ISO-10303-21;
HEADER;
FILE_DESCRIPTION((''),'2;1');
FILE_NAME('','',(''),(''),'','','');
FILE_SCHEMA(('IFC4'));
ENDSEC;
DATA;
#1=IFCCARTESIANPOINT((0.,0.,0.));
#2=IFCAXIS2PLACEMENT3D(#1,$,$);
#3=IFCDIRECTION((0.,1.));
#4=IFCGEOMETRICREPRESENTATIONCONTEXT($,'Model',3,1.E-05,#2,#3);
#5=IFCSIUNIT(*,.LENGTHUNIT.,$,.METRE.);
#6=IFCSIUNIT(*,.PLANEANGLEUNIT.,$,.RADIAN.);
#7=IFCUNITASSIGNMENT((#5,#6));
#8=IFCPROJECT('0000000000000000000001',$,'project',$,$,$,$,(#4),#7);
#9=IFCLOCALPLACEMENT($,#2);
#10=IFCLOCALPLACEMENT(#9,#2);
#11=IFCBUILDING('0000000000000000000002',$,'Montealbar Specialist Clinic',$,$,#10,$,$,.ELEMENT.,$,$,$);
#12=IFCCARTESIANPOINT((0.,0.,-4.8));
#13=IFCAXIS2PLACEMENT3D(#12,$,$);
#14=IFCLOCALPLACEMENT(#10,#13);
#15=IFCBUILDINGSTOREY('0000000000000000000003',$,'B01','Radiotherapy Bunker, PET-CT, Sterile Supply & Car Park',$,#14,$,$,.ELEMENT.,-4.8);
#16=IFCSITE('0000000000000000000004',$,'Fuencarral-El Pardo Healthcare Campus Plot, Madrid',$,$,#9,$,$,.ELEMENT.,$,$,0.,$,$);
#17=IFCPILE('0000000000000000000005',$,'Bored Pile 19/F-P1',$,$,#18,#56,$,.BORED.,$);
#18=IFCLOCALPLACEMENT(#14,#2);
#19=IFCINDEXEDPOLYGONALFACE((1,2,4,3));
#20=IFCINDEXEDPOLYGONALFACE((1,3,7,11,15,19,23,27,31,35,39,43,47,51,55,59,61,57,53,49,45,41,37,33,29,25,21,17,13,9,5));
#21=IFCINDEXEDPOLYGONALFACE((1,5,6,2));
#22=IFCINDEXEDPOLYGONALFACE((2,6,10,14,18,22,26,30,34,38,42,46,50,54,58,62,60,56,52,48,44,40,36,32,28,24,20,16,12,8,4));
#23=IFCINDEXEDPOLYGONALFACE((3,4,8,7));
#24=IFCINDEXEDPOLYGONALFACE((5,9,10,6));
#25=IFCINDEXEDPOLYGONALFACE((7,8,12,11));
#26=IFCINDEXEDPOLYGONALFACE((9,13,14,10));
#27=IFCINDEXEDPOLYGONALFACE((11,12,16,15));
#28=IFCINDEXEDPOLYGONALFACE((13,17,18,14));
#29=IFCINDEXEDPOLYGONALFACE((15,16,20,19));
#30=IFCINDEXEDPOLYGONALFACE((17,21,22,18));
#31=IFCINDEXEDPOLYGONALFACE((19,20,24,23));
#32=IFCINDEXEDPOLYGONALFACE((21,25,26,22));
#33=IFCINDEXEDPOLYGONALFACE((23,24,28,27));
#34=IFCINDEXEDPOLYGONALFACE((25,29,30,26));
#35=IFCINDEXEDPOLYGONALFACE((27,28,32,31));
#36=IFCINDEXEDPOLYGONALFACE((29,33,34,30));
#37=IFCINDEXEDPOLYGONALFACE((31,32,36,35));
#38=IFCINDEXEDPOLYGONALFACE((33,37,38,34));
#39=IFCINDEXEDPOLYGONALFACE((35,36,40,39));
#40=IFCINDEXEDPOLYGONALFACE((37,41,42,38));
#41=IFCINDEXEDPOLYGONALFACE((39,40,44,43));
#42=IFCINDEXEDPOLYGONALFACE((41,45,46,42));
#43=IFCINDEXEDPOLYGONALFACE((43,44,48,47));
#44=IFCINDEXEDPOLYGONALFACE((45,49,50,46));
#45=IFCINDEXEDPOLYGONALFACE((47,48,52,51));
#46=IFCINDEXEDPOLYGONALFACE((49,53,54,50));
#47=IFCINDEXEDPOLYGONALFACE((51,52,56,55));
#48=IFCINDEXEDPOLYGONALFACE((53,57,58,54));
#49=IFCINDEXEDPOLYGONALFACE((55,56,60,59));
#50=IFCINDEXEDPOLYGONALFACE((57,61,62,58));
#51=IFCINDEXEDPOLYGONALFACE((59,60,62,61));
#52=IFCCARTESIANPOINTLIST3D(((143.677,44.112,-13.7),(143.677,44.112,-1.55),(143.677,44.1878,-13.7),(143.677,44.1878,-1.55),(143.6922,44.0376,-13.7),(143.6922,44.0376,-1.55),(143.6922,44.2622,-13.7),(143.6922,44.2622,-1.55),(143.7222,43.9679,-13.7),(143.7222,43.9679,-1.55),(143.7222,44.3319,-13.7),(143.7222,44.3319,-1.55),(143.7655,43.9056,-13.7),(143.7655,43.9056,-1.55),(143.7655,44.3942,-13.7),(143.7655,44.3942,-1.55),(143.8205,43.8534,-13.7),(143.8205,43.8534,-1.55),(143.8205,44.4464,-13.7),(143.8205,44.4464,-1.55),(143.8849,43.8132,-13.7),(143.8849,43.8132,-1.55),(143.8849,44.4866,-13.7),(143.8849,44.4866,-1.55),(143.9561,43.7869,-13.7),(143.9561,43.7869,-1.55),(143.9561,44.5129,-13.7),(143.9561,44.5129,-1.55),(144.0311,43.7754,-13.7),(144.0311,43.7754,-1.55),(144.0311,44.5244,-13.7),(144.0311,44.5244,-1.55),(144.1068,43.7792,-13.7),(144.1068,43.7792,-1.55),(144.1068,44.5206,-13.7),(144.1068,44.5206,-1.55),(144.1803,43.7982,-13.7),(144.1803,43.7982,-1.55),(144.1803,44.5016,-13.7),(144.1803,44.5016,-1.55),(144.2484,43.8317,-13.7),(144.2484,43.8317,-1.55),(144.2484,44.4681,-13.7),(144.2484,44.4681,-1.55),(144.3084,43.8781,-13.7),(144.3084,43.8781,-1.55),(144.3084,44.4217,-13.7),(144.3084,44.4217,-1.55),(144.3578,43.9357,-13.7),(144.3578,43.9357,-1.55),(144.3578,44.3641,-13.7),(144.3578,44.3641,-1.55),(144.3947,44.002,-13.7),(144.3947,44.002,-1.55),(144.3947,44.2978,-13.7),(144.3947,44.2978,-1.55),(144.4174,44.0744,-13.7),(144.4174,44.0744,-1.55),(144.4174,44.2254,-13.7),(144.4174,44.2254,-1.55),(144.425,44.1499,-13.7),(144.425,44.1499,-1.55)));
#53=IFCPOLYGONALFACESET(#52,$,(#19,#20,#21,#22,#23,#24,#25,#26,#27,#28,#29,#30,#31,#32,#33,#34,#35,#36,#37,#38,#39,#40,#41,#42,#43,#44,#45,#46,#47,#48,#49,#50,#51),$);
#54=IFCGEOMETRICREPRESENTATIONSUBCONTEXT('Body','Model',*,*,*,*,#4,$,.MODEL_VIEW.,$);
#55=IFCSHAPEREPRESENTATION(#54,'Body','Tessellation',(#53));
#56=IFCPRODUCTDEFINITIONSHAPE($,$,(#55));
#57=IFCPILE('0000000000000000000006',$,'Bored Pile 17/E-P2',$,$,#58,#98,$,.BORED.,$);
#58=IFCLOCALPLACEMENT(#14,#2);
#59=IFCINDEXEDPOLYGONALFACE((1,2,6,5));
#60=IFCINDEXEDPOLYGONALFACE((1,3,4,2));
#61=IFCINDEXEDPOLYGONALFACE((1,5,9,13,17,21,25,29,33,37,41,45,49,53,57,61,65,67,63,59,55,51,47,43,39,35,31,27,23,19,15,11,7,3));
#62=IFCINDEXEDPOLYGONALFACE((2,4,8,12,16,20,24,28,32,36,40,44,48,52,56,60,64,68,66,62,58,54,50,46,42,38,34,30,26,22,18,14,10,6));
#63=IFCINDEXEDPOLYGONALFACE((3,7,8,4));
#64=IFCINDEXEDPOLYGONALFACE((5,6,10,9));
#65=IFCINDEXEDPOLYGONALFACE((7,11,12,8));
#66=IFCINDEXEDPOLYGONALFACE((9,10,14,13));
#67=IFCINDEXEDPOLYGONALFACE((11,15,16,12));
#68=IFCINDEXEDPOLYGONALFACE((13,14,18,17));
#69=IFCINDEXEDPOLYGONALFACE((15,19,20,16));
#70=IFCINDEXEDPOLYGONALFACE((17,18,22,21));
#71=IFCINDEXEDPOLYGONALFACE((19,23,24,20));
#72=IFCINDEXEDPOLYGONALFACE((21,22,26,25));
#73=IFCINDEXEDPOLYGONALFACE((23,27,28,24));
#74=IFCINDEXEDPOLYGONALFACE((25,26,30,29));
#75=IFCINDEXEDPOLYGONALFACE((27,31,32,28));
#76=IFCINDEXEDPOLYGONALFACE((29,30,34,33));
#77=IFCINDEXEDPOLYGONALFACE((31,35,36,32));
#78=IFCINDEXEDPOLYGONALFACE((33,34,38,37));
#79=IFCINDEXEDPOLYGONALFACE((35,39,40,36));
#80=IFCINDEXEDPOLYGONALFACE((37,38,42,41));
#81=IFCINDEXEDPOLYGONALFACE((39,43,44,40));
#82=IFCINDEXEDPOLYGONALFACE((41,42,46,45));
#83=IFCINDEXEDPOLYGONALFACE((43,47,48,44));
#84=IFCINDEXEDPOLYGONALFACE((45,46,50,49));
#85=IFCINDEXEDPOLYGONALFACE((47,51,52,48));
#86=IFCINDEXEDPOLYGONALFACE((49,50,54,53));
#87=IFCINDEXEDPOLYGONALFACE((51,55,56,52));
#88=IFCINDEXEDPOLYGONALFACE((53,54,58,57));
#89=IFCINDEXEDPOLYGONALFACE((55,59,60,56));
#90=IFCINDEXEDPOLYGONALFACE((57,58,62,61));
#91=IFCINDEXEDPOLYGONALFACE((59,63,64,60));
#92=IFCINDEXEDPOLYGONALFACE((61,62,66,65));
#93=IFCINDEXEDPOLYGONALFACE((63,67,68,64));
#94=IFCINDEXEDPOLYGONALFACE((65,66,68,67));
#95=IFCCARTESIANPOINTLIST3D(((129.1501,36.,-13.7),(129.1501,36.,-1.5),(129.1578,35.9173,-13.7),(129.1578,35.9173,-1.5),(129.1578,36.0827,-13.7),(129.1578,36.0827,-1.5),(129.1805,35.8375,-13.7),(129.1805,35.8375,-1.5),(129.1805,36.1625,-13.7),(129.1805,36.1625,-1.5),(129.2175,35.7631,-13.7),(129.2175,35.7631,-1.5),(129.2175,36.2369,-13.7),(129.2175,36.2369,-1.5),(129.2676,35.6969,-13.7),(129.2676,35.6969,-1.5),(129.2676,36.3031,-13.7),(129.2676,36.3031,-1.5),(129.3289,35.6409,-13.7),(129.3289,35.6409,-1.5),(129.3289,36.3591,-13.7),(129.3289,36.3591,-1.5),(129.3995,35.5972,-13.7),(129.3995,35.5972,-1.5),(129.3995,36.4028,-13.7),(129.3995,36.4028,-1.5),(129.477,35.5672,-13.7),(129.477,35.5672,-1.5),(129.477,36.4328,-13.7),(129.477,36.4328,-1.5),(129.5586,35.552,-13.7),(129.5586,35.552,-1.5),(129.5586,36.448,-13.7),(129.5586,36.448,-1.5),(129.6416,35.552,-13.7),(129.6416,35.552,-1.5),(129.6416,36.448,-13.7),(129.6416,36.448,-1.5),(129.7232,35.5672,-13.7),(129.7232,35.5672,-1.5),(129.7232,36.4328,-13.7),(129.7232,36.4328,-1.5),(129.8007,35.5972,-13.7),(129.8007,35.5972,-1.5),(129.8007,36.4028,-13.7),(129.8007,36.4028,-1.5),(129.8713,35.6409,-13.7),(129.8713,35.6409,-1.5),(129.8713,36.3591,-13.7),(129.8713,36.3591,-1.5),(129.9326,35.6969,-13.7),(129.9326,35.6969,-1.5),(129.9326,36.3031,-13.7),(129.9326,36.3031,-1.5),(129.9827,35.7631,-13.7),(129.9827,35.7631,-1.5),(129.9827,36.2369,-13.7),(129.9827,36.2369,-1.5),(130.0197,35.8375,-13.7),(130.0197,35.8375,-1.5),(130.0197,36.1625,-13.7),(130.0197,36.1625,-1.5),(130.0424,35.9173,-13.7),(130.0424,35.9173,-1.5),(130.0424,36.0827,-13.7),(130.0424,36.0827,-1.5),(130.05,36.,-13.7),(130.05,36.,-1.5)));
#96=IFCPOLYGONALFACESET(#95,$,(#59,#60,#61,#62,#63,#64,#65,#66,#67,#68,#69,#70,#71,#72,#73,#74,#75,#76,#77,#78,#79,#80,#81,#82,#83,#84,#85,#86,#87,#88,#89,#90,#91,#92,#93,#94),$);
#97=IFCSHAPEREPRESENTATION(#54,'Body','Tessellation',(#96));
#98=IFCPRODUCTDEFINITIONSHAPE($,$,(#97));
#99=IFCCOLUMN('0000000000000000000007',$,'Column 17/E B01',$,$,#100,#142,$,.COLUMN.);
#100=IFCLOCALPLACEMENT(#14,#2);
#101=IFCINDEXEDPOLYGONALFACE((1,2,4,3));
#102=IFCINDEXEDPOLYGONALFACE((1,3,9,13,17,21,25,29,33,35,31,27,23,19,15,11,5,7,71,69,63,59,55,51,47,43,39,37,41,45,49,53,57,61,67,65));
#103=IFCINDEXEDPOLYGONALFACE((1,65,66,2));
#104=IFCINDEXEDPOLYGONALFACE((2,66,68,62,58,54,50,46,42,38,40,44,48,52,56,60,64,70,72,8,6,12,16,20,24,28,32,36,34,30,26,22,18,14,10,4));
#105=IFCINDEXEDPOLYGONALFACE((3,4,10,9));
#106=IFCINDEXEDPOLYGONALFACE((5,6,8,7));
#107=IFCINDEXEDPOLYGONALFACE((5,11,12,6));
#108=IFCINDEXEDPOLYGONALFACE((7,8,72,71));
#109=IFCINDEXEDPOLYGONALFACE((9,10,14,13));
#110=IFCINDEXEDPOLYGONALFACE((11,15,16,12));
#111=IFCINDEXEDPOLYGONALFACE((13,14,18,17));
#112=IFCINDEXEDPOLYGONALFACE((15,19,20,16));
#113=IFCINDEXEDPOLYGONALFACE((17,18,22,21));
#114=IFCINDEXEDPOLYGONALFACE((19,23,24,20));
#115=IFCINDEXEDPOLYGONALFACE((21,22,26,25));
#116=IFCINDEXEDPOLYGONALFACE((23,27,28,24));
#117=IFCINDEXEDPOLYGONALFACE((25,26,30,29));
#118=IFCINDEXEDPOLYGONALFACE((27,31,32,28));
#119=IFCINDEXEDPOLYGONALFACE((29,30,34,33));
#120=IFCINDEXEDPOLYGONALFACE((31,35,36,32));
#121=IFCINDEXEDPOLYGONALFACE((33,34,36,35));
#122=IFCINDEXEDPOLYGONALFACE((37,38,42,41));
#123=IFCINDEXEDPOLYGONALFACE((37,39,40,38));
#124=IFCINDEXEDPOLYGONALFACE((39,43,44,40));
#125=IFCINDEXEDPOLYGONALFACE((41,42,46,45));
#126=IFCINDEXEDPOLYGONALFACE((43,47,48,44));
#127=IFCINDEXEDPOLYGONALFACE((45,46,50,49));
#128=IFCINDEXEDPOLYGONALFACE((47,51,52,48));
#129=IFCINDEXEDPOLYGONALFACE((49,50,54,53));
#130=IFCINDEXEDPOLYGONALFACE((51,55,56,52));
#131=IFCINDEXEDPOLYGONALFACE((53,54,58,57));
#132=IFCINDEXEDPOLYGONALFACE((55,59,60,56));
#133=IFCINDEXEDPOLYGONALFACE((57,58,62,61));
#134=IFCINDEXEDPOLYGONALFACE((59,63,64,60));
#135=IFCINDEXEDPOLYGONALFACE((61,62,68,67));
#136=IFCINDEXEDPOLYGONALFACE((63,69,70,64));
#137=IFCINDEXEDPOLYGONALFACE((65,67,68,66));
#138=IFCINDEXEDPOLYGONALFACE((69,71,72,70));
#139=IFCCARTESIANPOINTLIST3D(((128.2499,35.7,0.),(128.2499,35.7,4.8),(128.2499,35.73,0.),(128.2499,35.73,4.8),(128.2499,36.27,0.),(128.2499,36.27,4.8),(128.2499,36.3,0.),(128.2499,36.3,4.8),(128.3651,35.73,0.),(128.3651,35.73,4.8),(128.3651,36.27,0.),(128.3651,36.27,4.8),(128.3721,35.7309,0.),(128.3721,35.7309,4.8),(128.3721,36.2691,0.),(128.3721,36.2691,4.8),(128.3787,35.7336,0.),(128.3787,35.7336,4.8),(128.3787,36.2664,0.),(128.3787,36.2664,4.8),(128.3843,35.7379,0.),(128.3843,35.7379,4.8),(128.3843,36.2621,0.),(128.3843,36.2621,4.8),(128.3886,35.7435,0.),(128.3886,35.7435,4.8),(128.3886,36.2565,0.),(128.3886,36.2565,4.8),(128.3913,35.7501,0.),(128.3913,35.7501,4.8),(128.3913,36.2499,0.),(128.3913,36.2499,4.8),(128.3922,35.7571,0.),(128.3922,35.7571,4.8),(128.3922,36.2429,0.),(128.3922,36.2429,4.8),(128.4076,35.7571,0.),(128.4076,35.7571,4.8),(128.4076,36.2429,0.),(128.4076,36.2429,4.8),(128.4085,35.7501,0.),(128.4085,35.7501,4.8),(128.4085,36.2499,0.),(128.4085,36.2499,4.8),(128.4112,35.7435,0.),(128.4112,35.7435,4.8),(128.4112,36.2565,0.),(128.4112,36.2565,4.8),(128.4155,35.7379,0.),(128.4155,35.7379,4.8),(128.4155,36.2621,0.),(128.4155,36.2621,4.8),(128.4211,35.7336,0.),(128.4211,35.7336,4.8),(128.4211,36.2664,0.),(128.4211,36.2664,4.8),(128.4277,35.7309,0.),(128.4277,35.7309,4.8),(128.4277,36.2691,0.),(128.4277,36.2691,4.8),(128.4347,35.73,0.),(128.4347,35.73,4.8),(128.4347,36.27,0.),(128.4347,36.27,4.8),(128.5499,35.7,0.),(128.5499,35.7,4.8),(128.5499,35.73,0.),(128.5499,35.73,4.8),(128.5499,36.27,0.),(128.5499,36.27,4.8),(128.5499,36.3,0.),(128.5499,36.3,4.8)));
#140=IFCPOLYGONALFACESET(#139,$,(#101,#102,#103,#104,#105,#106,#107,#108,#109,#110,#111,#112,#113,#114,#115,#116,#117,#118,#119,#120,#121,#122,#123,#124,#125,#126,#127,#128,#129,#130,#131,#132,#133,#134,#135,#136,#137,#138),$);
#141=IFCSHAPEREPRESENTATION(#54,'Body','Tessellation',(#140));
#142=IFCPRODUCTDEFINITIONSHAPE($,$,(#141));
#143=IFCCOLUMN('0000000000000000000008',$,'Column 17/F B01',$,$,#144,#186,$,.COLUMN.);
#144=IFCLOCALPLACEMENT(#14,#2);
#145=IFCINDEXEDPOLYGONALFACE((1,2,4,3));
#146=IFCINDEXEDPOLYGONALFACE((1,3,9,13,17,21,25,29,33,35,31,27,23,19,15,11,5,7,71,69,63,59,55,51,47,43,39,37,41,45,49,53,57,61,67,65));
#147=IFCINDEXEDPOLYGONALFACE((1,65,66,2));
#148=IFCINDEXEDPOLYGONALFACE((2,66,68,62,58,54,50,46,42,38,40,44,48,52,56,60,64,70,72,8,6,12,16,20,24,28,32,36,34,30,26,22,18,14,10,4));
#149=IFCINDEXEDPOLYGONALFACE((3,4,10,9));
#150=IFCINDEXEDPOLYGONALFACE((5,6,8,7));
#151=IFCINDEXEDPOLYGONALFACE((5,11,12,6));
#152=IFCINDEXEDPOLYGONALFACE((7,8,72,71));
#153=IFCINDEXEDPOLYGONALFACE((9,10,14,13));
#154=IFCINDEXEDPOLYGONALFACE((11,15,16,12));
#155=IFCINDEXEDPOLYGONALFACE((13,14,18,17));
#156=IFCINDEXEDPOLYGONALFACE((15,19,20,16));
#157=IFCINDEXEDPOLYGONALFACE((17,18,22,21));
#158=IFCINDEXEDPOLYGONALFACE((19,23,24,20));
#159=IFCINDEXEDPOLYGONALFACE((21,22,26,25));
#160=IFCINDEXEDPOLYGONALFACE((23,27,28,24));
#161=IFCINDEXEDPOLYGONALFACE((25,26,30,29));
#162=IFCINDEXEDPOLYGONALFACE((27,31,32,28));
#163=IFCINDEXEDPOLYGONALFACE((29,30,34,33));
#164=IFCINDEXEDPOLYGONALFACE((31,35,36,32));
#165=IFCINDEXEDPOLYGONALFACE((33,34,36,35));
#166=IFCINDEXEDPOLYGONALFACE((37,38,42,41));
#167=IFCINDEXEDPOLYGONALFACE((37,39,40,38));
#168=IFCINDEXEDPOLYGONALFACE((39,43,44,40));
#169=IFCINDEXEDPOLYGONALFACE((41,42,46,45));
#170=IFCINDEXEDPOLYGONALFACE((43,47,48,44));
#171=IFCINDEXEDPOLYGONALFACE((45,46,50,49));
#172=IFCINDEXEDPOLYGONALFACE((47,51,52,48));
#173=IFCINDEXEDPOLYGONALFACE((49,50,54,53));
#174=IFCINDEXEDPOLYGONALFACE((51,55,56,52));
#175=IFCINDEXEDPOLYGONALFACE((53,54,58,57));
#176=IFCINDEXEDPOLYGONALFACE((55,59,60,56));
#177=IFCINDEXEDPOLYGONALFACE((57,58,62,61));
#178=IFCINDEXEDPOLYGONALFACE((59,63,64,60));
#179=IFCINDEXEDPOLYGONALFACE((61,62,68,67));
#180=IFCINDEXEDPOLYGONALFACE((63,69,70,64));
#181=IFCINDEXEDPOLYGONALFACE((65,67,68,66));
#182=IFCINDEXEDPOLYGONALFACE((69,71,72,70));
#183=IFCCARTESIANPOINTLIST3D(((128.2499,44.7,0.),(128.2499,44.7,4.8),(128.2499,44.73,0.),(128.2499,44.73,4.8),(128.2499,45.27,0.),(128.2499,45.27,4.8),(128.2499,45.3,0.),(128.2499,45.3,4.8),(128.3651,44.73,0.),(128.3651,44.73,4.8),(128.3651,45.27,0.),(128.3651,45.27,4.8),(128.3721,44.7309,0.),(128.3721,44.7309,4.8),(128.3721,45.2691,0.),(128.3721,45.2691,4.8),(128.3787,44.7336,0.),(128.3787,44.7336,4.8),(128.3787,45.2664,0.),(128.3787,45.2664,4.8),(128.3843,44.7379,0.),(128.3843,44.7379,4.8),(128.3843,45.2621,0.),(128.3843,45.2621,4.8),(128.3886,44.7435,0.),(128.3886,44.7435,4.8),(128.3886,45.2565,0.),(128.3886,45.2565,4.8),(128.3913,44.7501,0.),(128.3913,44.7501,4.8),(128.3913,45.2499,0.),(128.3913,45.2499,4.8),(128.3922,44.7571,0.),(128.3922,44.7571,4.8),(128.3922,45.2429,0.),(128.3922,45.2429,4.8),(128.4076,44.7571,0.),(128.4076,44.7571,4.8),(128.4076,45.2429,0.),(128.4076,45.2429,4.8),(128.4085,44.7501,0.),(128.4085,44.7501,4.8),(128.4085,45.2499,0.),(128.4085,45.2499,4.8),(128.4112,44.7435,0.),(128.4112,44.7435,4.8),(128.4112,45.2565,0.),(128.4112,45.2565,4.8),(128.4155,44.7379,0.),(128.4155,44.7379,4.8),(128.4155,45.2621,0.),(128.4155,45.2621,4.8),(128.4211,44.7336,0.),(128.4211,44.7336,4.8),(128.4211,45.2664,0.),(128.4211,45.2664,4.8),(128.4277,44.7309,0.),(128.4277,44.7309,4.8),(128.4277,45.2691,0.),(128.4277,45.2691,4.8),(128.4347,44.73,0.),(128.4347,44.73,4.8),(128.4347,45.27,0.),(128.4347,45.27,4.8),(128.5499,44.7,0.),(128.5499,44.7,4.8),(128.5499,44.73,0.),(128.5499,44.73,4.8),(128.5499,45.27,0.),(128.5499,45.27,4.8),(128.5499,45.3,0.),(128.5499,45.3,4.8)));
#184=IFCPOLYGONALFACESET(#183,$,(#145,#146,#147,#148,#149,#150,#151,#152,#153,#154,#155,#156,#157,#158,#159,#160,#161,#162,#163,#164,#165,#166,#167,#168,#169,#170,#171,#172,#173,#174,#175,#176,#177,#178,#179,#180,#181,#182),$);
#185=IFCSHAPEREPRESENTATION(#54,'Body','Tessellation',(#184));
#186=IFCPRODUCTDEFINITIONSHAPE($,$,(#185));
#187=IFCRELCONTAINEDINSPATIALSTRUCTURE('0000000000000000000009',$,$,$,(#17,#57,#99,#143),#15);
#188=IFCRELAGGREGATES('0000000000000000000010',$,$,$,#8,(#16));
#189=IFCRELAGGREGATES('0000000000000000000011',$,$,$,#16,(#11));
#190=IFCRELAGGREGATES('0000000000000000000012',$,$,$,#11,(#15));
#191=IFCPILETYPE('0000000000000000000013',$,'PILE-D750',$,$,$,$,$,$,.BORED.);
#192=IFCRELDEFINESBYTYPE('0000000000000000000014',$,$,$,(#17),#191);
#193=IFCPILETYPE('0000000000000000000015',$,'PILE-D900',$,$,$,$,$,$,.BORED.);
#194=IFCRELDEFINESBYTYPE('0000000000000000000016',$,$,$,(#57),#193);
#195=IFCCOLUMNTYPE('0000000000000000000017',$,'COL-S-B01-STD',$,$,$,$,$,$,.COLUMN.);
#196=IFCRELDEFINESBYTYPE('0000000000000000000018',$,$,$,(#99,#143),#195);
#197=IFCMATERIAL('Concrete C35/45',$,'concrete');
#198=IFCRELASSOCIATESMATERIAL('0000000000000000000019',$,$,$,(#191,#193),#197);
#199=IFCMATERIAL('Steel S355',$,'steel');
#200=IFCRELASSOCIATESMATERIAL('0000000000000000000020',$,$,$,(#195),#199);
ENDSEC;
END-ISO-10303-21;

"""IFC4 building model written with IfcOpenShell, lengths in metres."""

from ifc_helpers import new_model, si_unit, direction, frame, origin, origin_2d, place, context, subcontext, project, spatial, circle, i_section, extrude, material, material_profile, profile_set, type_object, element, save


model = new_model("IFC4")

# Units and contexts
model_context = context("Model", 3, precision=1e-05, world=origin(), true_north=direction((0.0, 1.0)))
body_context = subcontext(model_context, "Body", "Model", "MODEL_VIEW")
ifc_project = project(units=[si_unit("LENGTHUNIT", "METRE"), si_unit("PLANEANGLEUNIT", "RADIAN")], contexts=[model_context])

# Site, building, storey
site_placement = place(None, origin())
site = spatial("IfcSite", under=ifc_project, at=site_placement, Name="Fuencarral-El Pardo Healthcare Campus Plot, Madrid", CompositionType="ELEMENT", RefElevation=0.0)
building_placement = place(site_placement, origin())
building = spatial("IfcBuilding", under=site, at=building_placement, Name="Montealbar Specialist Clinic", CompositionType="ELEMENT")
storey_placement = place(building_placement, frame((0.0, 0.0, -4.8)))
storey = spatial("IfcBuildingStorey", under=building, at=storey_placement, Name="B01", Description="Radiotherapy Bunker, PET-CT, Sterile Supply & Car Park", CompositionType="ELEMENT", Elevation=-4.8)

# Shared definitions
ifc_material_1 = material(Name="Concrete C35/45", Category="concrete")

# Piles
ifc_material_profile_1 = material_profile(ifc_material_1, circle(Radius=0.375, at=origin_2d()), Name="PILE D750", Category="concrete")
ifc_profile_set_1 = profile_set([ifc_material_profile_1], Name="Concrete C35/45")
pile_type_1 = type_object("IfcPileType", Name="PILE-D750", PredefinedType="BORED", material=ifc_profile_set_1)
for number, where, z_axis, x_axis, name in (
    (1, (144.05, 44.1499, -1.55), (0.0, 0.0, -1.0), (1.0, 0.0, 0.0), "Bored Pile 19/F-P1"),
):
    element("IfcPile", number, at=place(storey_placement, frame(where, z_axis=z_axis, x_axis=x_axis)), inside=storey, type_object=pile_type_1, Name=name, PredefinedType="BORED", context=body_context, shape_type="SweptSolid", body=[
        extrude(circle(Radius=0.375, at=origin_2d()), origin(), (0.0, 0.0, 1.0), 12.1499),
    ])
ifc_material_profile_2 = material_profile(ifc_material_1, circle(Radius=0.45, at=origin_2d()), Name="PILE D900", Category="concrete")
ifc_profile_set_2 = profile_set([ifc_material_profile_2], Name="Concrete C35/45")
pile_type_2 = type_object("IfcPileType", Name="PILE-D900", PredefinedType="BORED", material=ifc_profile_set_2)
pile_placement = place(storey_placement, frame((129.6001, 36.0, -1.5), z_axis=(0.0, 0.0, -1.0), x_axis=(1.0, 0.0, 0.0)))
element("IfcPile", 2, at=pile_placement, inside=storey, type_object=pile_type_2, Name="Bored Pile 17/E-P2", PredefinedType="BORED", context=body_context, shape_type="SweptSolid", body=[
    extrude(circle(Radius=0.45, at=origin_2d()), origin(), (0.0, 0.0, 1.0), 12.2),
])

# Columns
ifc_material_2 = material(Name="Steel S355", Category="steel")
ifc_material_profile_3 = material_profile(ifc_material_2, i_section(OverallWidth=0.3, OverallDepth=0.6001, WebThickness=0.0154, FlangeThickness=0.03, FilletRadius=0.0271, at=origin_2d()), Name="HEB 600", Category="steel")
ifc_profile_set_3 = profile_set([ifc_material_profile_3], Name="Steel S355")
column_type = type_object("IfcColumnType", Name="COL-S-B01-STD", PredefinedType="COLUMN", material=ifc_profile_set_3)
for number, where, z_axis, x_axis, name in (
    (3, (128.3999, 36.0, 0.0), (0.0, 0.0, 1.0), (1.0, 0.0, 0.0), "Column 17/E B01"),
    (4, (128.3999, 45.0, 0.0), (0.0, 0.0, 1.0), (1.0, 0.0, 0.0), "Column 17/F B01"),
):
    element("IfcColumn", number, at=place(storey_placement, frame(where, z_axis=z_axis, x_axis=x_axis)), inside=storey, type_object=column_type, Name=name, PredefinedType="COLUMN", context=body_context, shape_type="SweptSolid", body=[
        extrude(i_section(OverallWidth=0.3, OverallDepth=0.6001, WebThickness=0.0154, FlangeThickness=0.03, FilletRadius=0.0271, at=origin_2d()), origin(), (0.0, 0.0, 1.0), 4.8),
    ])

save(model, "model.ifc")
